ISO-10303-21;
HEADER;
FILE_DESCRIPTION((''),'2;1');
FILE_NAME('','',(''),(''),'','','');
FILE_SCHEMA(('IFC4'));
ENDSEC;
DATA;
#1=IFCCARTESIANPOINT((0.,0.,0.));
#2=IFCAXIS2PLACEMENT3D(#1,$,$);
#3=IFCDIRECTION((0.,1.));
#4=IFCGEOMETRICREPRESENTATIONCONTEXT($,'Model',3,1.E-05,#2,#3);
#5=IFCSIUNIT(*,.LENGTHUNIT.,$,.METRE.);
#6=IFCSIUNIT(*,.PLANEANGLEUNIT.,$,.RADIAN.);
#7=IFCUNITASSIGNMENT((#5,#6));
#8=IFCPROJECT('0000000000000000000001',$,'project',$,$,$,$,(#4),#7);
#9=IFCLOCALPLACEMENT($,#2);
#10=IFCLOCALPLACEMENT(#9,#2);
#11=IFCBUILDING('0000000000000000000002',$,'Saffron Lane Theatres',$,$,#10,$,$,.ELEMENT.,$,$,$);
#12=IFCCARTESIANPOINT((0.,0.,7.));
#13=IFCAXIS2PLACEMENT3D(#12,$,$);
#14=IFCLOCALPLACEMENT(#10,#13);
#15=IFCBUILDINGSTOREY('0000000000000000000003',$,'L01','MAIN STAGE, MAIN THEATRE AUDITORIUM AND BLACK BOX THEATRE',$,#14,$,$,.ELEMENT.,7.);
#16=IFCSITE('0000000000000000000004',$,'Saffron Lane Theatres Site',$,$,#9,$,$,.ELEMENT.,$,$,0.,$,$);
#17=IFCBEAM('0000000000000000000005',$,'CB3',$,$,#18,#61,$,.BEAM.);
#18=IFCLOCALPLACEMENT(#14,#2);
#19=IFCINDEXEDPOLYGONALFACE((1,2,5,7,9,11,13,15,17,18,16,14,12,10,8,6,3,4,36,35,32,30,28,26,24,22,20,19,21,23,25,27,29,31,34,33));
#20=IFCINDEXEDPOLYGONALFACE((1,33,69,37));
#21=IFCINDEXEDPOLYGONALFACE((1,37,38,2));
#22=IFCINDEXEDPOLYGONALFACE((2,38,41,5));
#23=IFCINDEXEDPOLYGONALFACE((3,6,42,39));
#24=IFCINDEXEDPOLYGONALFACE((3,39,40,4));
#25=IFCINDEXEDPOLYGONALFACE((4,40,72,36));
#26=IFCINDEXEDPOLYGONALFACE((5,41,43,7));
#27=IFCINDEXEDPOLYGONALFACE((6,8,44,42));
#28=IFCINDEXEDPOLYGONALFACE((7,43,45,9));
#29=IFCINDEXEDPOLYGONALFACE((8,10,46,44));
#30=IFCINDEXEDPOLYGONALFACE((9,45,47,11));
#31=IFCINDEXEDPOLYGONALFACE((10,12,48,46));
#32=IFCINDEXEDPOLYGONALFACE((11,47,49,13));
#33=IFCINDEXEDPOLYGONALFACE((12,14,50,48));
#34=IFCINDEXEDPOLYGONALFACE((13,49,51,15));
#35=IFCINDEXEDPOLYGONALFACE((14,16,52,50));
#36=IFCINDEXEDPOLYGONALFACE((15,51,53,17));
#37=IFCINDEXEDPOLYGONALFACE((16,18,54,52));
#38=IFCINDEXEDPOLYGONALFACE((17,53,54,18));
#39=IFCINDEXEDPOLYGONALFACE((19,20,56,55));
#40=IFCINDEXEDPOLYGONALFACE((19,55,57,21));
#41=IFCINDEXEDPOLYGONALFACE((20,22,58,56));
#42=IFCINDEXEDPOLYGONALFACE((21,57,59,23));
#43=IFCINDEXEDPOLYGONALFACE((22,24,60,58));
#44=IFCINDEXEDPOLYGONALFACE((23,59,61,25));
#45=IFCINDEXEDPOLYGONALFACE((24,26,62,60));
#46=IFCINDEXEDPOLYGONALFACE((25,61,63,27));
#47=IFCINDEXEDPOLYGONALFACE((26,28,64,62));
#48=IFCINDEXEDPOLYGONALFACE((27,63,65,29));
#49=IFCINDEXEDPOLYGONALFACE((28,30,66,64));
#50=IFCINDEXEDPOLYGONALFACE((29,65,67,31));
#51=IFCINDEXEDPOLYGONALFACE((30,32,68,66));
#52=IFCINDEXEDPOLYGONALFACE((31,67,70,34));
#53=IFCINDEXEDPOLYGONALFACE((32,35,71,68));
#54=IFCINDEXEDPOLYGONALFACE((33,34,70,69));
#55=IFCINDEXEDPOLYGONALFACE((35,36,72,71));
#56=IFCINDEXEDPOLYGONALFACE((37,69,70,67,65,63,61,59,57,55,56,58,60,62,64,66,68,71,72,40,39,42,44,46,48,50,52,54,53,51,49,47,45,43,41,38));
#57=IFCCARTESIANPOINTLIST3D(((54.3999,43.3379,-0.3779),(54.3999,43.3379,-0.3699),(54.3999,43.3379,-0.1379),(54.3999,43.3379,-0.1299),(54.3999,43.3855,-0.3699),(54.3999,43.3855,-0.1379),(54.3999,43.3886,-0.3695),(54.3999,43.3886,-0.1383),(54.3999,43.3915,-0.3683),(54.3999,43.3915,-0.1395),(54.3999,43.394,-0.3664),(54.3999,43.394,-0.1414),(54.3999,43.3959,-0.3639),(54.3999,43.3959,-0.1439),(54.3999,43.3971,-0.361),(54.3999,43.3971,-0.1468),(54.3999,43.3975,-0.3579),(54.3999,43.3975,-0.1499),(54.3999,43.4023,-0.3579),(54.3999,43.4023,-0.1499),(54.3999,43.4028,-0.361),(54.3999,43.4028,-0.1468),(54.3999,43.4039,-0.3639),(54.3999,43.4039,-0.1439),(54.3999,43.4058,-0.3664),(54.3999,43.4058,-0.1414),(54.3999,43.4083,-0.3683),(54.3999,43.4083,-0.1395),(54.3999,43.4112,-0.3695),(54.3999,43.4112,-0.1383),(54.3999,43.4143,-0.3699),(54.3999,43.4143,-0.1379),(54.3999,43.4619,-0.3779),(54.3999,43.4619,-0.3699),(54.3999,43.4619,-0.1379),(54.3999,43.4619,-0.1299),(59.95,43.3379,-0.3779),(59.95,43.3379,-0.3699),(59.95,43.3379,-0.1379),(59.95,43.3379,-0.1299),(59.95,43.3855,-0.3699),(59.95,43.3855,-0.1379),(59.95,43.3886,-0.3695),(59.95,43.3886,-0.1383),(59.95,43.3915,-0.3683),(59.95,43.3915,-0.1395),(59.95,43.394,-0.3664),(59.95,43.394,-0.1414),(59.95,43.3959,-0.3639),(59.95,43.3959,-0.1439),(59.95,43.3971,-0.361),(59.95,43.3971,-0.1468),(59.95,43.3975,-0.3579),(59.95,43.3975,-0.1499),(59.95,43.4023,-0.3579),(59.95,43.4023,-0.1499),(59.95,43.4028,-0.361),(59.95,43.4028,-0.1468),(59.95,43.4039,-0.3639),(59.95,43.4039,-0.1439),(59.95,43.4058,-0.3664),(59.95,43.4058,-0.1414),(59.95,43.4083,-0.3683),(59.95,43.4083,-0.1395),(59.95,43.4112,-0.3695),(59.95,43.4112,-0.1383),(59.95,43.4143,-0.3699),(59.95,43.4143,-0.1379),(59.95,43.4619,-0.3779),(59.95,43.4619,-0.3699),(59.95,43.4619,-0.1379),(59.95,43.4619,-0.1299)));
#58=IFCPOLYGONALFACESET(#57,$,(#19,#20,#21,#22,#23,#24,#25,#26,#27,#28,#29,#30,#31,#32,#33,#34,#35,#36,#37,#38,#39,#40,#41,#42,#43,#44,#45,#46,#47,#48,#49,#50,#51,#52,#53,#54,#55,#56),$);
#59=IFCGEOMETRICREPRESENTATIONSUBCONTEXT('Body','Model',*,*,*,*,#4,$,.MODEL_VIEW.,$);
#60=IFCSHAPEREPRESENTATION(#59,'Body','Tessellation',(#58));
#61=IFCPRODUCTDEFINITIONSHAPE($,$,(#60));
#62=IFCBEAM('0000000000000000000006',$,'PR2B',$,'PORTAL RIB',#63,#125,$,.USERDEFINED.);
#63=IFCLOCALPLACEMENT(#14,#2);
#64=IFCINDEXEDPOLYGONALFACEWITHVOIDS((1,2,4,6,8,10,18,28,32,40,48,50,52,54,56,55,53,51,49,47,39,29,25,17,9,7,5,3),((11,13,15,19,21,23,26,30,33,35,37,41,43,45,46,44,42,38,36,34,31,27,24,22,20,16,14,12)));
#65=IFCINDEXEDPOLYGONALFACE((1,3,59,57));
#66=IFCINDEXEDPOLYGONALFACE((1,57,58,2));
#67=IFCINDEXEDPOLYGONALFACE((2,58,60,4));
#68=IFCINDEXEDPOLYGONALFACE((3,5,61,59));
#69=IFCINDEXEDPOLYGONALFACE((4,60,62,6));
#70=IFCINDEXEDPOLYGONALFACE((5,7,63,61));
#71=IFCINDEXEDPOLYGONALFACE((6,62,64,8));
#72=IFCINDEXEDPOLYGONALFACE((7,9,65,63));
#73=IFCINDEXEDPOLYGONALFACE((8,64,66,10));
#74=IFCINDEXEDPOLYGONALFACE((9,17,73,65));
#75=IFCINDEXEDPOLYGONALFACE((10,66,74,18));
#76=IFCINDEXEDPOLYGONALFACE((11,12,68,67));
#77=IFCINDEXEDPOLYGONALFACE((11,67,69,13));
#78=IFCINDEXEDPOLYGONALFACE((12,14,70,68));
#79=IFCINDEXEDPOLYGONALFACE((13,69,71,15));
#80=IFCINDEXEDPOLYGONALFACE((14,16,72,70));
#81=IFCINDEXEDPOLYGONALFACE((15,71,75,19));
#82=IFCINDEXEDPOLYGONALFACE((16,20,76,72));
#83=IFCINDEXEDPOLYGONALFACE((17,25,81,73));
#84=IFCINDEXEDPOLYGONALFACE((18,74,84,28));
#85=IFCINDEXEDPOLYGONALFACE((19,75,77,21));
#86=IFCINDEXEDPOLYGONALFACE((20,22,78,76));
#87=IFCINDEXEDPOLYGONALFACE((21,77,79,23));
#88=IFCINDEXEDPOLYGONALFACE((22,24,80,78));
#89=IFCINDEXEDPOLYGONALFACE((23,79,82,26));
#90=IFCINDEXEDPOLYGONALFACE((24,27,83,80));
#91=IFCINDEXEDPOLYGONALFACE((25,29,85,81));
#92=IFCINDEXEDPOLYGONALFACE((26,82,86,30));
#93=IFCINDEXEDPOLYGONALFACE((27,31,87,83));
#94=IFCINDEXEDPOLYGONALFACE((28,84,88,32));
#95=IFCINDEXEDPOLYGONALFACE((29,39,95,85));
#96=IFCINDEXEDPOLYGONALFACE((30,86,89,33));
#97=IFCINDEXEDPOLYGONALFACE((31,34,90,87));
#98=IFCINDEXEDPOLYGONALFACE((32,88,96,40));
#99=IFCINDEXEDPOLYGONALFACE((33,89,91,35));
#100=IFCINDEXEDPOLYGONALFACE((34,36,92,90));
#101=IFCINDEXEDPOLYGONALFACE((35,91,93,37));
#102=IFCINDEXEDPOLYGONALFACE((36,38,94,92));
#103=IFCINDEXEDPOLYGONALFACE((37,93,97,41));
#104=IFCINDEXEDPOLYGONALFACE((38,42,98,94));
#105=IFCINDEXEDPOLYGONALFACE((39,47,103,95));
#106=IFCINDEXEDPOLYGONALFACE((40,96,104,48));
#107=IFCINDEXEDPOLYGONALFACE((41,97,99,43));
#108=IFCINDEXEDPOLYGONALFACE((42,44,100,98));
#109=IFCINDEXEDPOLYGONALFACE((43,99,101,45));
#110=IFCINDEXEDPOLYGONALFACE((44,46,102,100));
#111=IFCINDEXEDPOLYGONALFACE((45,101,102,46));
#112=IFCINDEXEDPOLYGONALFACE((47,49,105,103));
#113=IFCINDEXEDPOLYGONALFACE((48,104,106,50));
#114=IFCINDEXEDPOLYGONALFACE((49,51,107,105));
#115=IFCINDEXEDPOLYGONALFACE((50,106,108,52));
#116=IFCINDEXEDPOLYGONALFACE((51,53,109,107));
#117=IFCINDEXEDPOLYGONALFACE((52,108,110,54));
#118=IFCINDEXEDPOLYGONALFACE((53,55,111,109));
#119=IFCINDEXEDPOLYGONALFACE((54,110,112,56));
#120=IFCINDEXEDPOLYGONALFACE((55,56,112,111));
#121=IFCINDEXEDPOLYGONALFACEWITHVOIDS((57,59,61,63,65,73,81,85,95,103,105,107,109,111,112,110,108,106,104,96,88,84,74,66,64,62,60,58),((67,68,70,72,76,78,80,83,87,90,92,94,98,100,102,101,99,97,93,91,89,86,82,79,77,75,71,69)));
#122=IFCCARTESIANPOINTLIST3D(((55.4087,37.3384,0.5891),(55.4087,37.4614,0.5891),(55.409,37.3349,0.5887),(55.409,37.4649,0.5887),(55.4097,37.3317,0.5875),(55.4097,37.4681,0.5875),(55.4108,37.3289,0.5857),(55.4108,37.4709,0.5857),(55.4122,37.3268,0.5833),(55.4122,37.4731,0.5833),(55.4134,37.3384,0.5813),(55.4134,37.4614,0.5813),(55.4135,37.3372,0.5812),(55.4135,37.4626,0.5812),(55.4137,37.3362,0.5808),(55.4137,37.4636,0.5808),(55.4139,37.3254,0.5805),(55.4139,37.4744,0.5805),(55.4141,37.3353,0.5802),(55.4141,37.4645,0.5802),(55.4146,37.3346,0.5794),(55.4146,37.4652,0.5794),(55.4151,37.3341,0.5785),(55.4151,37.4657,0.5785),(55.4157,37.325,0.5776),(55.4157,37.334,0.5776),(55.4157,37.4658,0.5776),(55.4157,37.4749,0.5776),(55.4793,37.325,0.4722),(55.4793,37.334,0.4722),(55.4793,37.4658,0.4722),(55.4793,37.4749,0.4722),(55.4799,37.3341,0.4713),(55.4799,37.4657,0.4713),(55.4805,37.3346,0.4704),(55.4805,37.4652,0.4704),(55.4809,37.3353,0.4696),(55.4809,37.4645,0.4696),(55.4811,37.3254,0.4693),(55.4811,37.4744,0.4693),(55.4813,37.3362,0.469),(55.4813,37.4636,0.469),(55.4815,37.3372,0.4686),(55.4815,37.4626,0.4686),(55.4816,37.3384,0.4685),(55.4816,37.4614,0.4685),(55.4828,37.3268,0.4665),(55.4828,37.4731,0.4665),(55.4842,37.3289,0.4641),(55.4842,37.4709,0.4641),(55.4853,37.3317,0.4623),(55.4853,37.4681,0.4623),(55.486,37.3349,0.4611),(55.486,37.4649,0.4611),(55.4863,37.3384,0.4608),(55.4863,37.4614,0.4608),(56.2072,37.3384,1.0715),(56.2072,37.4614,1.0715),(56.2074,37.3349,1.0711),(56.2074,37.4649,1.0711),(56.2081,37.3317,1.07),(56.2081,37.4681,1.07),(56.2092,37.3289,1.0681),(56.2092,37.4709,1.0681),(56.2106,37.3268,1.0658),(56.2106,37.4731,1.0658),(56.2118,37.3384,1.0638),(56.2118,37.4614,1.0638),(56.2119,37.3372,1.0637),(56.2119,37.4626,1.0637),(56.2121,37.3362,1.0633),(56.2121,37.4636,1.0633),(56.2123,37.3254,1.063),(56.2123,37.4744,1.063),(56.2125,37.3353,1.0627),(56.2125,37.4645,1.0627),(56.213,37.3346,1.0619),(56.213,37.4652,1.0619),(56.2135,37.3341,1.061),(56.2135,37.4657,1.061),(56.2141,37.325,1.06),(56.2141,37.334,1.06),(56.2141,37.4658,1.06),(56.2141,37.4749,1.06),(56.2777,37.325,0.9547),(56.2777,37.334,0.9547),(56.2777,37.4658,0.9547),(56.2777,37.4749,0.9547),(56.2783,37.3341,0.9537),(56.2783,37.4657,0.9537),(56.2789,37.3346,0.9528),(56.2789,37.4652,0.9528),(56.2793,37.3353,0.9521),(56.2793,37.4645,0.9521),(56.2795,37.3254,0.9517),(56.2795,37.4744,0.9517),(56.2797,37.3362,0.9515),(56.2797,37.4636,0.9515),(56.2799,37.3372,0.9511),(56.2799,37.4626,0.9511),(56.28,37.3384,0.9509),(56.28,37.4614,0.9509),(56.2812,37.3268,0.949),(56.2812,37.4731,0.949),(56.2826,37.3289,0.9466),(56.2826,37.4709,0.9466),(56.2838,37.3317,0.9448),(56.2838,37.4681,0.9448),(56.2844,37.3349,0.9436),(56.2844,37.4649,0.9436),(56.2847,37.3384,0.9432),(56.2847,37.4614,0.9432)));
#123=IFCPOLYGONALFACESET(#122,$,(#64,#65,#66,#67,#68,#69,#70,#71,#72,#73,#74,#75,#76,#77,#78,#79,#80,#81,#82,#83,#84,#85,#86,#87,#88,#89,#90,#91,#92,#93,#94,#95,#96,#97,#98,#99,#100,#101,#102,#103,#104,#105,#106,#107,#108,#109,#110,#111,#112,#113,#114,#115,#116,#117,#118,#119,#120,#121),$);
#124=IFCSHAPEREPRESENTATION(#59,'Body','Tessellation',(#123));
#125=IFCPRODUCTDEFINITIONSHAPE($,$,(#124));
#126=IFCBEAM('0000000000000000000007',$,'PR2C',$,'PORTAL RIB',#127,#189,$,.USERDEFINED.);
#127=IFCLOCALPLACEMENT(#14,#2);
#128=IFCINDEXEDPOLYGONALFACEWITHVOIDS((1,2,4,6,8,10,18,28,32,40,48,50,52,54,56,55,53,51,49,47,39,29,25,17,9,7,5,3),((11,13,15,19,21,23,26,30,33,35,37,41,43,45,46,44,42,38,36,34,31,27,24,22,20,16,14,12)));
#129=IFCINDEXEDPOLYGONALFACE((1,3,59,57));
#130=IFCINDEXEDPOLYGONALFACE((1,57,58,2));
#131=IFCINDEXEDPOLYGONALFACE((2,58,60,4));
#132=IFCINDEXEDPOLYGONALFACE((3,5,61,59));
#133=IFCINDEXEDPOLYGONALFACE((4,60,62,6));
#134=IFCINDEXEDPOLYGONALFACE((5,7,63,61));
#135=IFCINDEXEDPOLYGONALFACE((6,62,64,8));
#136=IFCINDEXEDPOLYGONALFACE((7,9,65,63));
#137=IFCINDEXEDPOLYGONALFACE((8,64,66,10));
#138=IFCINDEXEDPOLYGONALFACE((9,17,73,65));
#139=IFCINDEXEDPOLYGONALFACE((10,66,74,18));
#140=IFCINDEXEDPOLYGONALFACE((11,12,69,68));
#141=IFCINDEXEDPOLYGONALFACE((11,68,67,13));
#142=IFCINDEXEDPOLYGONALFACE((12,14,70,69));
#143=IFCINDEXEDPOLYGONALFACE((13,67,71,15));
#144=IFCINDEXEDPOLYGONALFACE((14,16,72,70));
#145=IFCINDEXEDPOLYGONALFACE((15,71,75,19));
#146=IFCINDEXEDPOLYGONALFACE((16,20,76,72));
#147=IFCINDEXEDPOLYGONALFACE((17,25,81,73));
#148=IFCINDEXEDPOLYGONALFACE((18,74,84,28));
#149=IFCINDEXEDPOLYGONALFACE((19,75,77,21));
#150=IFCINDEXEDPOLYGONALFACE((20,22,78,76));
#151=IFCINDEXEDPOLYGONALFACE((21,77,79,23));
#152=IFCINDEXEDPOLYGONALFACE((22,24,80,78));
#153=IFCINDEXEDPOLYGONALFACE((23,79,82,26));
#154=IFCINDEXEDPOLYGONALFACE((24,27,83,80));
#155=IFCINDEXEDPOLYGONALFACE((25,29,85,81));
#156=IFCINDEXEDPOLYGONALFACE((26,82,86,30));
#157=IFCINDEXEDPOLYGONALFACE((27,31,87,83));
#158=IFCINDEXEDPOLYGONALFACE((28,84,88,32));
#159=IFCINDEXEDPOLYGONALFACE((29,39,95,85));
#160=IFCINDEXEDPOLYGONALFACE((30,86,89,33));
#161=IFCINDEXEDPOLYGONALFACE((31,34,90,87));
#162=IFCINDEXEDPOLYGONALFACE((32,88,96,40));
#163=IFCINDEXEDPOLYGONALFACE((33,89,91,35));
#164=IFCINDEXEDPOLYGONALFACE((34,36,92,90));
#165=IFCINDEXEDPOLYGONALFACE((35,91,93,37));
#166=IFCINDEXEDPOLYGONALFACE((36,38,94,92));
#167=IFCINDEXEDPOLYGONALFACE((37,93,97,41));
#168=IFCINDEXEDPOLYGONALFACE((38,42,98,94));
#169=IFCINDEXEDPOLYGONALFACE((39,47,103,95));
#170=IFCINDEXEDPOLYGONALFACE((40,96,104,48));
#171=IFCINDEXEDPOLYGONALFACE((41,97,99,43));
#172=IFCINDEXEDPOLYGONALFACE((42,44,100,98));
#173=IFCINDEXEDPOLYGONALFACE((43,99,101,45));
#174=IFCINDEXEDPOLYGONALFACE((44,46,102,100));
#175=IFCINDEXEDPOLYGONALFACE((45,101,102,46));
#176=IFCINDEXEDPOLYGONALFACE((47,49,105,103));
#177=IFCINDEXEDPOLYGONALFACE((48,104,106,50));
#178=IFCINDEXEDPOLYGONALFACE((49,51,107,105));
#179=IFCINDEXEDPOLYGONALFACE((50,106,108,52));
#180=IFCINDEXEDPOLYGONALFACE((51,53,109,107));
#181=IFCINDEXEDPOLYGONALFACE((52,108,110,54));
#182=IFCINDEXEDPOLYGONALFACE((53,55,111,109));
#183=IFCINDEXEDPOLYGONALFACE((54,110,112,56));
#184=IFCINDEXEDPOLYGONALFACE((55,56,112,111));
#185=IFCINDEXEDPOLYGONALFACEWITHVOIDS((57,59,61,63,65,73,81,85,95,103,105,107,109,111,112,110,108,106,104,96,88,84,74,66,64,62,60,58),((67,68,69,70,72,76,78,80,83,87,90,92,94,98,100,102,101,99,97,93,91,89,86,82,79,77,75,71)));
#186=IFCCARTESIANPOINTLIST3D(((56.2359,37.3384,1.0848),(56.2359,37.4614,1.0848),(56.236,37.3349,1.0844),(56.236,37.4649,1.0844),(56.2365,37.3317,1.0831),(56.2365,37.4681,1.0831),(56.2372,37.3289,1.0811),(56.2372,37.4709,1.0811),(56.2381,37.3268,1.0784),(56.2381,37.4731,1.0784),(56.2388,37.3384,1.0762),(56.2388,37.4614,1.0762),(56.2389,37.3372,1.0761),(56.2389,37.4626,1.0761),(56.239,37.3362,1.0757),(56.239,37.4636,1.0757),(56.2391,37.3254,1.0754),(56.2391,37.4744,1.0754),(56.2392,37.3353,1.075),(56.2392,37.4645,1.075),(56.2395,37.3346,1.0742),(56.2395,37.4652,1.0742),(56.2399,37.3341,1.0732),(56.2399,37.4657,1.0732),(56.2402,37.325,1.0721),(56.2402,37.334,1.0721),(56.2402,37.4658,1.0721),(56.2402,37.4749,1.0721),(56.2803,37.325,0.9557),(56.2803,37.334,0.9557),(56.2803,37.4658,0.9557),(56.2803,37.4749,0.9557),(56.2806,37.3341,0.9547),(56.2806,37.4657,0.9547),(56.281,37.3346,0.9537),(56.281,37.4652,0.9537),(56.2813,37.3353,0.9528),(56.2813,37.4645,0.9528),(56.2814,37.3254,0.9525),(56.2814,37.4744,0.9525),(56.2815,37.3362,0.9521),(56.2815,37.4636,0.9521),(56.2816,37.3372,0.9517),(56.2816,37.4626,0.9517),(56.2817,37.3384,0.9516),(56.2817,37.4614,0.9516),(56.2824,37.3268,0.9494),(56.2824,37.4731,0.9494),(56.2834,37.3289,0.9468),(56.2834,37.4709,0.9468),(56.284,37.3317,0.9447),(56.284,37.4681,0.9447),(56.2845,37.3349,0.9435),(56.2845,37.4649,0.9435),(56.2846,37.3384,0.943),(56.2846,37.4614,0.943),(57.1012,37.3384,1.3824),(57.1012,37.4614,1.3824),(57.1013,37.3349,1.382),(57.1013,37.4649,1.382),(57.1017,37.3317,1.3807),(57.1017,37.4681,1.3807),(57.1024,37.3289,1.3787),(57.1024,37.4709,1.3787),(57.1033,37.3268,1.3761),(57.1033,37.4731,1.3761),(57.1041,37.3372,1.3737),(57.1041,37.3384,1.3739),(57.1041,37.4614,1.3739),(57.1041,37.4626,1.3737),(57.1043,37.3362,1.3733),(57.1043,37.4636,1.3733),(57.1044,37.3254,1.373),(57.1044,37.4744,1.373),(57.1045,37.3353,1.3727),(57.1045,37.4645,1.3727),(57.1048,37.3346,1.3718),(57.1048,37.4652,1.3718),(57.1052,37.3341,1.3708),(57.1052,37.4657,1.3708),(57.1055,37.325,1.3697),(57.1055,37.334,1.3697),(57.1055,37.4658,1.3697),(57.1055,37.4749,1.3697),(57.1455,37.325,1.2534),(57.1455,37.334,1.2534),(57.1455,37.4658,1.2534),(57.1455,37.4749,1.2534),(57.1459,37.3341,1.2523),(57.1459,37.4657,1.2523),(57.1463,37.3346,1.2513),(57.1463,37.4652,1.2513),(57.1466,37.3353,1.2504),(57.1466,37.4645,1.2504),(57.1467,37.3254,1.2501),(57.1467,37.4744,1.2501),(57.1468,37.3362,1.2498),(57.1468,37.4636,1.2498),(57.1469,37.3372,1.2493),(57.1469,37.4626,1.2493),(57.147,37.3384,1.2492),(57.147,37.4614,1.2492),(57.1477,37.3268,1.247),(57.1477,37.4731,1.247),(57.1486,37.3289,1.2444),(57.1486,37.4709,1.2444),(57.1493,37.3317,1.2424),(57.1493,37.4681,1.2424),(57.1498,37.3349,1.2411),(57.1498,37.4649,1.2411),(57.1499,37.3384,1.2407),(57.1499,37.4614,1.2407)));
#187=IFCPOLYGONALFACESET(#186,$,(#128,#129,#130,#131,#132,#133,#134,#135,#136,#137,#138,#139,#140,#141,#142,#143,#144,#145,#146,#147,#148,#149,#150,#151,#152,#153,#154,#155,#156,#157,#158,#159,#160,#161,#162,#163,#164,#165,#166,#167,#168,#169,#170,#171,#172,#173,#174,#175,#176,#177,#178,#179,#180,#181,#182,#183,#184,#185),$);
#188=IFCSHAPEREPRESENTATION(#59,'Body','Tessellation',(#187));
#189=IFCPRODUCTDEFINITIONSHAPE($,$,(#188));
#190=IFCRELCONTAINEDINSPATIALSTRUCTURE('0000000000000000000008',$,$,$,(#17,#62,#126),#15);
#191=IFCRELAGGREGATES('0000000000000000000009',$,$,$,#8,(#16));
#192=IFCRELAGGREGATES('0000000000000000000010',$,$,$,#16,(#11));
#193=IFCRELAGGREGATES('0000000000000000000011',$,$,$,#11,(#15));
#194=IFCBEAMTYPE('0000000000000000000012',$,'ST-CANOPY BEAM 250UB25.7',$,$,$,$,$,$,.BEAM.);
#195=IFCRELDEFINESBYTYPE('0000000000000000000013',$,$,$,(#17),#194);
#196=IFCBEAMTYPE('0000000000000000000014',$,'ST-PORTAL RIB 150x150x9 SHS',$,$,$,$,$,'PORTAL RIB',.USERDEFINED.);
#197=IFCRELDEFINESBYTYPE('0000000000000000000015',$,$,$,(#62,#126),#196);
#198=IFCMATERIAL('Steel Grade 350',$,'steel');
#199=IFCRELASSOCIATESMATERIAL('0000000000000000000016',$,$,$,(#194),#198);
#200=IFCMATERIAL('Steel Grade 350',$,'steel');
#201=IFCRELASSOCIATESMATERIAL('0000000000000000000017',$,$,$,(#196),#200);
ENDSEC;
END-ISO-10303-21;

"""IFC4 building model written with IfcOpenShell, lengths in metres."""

from ifc_helpers import new_model, si_unit, direction, frame, origin, origin_2d, place, context, subcontext, project, spatial, hollow_rectangle, i_section, extrude, material, material_profile, profile_set, type_object, element, save


model = new_model("IFC4")

# Units and contexts
model_context = context("Model", 3, precision=1e-05, world=origin(), true_north=direction((0.0, 1.0)))
body_context = subcontext(model_context, "Body", "Model", "MODEL_VIEW")
ifc_project = project(units=[si_unit("LENGTHUNIT", "METRE"), si_unit("PLANEANGLEUNIT", "RADIAN")], contexts=[model_context])

# Site, building, storey
site_placement = place(None, origin())
site = spatial("IfcSite", under=ifc_project, at=site_placement, Name="Saffron Lane Theatres Site", CompositionType="ELEMENT", RefElevation=0.0)
building_placement = place(site_placement, origin())
building = spatial("IfcBuilding", under=site, at=building_placement, Name="Saffron Lane Theatres", CompositionType="ELEMENT")
storey_placement = place(building_placement, frame((0.0, 0.0, 7.0)))
storey = spatial("IfcBuildingStorey", under=building, at=storey_placement, Name="L01", Description="MAIN STAGE, MAIN THEATRE AUDITORIUM AND BLACK BOX THEATRE", CompositionType="ELEMENT", Elevation=7.0)

# Beams
ifc_material_1 = material(Name="Steel Grade 350", Category="steel")
ifc_material_profile_1 = material_profile(ifc_material_1, i_section(OverallWidth=0.124, OverallDepth=0.248, WebThickness=0.0049, FlangeThickness=0.0081, FilletRadius=0.012, at=origin_2d()))
ifc_profile_set_1 = profile_set([ifc_material_profile_1], Name="Steel Grade 350")
beam_type_1 = type_object("IfcBeamType", Name="ST-CANOPY BEAM 250UB25.7", PredefinedType="BEAM", material=ifc_profile_set_1)
beam_1_placement = place(storey_placement, frame((54.3999, 43.3999, -0.2539), z_axis=(1.0, 0.0, 0.0), x_axis=(0.0, 1.0, 0.0)))
element("IfcBeam", 1, at=beam_1_placement, inside=storey, type_object=beam_type_1, Name="CB3", PredefinedType="BEAM", context=body_context, shape_type="SweptSolid", body=[
    extrude(i_section(OverallWidth=0.124, OverallDepth=0.248, WebThickness=0.0049, FlangeThickness=0.0081, FilletRadius=0.012, at=origin_2d()), origin(), (0.0, 0.0, 1.0), 5.55),
])
ifc_material_2 = material(Name="Steel Grade 350", Category="steel")
ifc_material_profile_2 = material_profile(ifc_material_2, hollow_rectangle(XDim=0.1499, YDim=0.1499, WallThickness=0.009, InnerFilletRadius=0.0044, OuterFilletRadius=0.0134, at=origin_2d()))
ifc_profile_set_2 = profile_set([ifc_material_profile_2], Name="Steel Grade 350")
beam_type_2 = type_object("IfcBeamType", Name="ST-PORTAL RIB 150x150x9 SHS", ElementType="PORTAL RIB", PredefinedType="USERDEFINED", material=ifc_profile_set_2)
beam_2_placement = place(storey_placement, frame((55.4475, 37.3999, 0.5249), z_axis=(0.855872, 0.0, 0.517188), x_axis=(0.0, 1.0, 0.0)))
element("IfcBeam", 2, at=beam_2_placement, inside=storey, type_object=beam_type_2, Name="PR2B", ObjectType="PORTAL RIB", PredefinedType="USERDEFINED", context=body_context, shape_type="SweptSolid", body=[
    extrude(hollow_rectangle(XDim=0.1499, YDim=0.1499, WallThickness=0.009, InnerFilletRadius=0.0044, OuterFilletRadius=0.0134, at=origin_2d()), origin(), (0.0, 0.0, 1.0), 0.9329),
])
beam_3_placement = place(storey_placement, frame((56.2603, 37.3999, 1.0139), z_axis=(0.945625, 0.0, 0.325259), x_axis=(0.0, 1.0, 0.0)))
element("IfcBeam", 3, at=beam_3_placement, inside=storey, type_object=beam_type_2, Name="PR2C", ObjectType="PORTAL RIB", PredefinedType="USERDEFINED", context=body_context, shape_type="SweptSolid", body=[
    extrude(hollow_rectangle(XDim=0.1499, YDim=0.1499, WallThickness=0.009, InnerFilletRadius=0.0044, OuterFilletRadius=0.0134, at=origin_2d()), origin(), (0.0, 0.0, 1.0), 0.915),
])

save(model, "model.ifc")
